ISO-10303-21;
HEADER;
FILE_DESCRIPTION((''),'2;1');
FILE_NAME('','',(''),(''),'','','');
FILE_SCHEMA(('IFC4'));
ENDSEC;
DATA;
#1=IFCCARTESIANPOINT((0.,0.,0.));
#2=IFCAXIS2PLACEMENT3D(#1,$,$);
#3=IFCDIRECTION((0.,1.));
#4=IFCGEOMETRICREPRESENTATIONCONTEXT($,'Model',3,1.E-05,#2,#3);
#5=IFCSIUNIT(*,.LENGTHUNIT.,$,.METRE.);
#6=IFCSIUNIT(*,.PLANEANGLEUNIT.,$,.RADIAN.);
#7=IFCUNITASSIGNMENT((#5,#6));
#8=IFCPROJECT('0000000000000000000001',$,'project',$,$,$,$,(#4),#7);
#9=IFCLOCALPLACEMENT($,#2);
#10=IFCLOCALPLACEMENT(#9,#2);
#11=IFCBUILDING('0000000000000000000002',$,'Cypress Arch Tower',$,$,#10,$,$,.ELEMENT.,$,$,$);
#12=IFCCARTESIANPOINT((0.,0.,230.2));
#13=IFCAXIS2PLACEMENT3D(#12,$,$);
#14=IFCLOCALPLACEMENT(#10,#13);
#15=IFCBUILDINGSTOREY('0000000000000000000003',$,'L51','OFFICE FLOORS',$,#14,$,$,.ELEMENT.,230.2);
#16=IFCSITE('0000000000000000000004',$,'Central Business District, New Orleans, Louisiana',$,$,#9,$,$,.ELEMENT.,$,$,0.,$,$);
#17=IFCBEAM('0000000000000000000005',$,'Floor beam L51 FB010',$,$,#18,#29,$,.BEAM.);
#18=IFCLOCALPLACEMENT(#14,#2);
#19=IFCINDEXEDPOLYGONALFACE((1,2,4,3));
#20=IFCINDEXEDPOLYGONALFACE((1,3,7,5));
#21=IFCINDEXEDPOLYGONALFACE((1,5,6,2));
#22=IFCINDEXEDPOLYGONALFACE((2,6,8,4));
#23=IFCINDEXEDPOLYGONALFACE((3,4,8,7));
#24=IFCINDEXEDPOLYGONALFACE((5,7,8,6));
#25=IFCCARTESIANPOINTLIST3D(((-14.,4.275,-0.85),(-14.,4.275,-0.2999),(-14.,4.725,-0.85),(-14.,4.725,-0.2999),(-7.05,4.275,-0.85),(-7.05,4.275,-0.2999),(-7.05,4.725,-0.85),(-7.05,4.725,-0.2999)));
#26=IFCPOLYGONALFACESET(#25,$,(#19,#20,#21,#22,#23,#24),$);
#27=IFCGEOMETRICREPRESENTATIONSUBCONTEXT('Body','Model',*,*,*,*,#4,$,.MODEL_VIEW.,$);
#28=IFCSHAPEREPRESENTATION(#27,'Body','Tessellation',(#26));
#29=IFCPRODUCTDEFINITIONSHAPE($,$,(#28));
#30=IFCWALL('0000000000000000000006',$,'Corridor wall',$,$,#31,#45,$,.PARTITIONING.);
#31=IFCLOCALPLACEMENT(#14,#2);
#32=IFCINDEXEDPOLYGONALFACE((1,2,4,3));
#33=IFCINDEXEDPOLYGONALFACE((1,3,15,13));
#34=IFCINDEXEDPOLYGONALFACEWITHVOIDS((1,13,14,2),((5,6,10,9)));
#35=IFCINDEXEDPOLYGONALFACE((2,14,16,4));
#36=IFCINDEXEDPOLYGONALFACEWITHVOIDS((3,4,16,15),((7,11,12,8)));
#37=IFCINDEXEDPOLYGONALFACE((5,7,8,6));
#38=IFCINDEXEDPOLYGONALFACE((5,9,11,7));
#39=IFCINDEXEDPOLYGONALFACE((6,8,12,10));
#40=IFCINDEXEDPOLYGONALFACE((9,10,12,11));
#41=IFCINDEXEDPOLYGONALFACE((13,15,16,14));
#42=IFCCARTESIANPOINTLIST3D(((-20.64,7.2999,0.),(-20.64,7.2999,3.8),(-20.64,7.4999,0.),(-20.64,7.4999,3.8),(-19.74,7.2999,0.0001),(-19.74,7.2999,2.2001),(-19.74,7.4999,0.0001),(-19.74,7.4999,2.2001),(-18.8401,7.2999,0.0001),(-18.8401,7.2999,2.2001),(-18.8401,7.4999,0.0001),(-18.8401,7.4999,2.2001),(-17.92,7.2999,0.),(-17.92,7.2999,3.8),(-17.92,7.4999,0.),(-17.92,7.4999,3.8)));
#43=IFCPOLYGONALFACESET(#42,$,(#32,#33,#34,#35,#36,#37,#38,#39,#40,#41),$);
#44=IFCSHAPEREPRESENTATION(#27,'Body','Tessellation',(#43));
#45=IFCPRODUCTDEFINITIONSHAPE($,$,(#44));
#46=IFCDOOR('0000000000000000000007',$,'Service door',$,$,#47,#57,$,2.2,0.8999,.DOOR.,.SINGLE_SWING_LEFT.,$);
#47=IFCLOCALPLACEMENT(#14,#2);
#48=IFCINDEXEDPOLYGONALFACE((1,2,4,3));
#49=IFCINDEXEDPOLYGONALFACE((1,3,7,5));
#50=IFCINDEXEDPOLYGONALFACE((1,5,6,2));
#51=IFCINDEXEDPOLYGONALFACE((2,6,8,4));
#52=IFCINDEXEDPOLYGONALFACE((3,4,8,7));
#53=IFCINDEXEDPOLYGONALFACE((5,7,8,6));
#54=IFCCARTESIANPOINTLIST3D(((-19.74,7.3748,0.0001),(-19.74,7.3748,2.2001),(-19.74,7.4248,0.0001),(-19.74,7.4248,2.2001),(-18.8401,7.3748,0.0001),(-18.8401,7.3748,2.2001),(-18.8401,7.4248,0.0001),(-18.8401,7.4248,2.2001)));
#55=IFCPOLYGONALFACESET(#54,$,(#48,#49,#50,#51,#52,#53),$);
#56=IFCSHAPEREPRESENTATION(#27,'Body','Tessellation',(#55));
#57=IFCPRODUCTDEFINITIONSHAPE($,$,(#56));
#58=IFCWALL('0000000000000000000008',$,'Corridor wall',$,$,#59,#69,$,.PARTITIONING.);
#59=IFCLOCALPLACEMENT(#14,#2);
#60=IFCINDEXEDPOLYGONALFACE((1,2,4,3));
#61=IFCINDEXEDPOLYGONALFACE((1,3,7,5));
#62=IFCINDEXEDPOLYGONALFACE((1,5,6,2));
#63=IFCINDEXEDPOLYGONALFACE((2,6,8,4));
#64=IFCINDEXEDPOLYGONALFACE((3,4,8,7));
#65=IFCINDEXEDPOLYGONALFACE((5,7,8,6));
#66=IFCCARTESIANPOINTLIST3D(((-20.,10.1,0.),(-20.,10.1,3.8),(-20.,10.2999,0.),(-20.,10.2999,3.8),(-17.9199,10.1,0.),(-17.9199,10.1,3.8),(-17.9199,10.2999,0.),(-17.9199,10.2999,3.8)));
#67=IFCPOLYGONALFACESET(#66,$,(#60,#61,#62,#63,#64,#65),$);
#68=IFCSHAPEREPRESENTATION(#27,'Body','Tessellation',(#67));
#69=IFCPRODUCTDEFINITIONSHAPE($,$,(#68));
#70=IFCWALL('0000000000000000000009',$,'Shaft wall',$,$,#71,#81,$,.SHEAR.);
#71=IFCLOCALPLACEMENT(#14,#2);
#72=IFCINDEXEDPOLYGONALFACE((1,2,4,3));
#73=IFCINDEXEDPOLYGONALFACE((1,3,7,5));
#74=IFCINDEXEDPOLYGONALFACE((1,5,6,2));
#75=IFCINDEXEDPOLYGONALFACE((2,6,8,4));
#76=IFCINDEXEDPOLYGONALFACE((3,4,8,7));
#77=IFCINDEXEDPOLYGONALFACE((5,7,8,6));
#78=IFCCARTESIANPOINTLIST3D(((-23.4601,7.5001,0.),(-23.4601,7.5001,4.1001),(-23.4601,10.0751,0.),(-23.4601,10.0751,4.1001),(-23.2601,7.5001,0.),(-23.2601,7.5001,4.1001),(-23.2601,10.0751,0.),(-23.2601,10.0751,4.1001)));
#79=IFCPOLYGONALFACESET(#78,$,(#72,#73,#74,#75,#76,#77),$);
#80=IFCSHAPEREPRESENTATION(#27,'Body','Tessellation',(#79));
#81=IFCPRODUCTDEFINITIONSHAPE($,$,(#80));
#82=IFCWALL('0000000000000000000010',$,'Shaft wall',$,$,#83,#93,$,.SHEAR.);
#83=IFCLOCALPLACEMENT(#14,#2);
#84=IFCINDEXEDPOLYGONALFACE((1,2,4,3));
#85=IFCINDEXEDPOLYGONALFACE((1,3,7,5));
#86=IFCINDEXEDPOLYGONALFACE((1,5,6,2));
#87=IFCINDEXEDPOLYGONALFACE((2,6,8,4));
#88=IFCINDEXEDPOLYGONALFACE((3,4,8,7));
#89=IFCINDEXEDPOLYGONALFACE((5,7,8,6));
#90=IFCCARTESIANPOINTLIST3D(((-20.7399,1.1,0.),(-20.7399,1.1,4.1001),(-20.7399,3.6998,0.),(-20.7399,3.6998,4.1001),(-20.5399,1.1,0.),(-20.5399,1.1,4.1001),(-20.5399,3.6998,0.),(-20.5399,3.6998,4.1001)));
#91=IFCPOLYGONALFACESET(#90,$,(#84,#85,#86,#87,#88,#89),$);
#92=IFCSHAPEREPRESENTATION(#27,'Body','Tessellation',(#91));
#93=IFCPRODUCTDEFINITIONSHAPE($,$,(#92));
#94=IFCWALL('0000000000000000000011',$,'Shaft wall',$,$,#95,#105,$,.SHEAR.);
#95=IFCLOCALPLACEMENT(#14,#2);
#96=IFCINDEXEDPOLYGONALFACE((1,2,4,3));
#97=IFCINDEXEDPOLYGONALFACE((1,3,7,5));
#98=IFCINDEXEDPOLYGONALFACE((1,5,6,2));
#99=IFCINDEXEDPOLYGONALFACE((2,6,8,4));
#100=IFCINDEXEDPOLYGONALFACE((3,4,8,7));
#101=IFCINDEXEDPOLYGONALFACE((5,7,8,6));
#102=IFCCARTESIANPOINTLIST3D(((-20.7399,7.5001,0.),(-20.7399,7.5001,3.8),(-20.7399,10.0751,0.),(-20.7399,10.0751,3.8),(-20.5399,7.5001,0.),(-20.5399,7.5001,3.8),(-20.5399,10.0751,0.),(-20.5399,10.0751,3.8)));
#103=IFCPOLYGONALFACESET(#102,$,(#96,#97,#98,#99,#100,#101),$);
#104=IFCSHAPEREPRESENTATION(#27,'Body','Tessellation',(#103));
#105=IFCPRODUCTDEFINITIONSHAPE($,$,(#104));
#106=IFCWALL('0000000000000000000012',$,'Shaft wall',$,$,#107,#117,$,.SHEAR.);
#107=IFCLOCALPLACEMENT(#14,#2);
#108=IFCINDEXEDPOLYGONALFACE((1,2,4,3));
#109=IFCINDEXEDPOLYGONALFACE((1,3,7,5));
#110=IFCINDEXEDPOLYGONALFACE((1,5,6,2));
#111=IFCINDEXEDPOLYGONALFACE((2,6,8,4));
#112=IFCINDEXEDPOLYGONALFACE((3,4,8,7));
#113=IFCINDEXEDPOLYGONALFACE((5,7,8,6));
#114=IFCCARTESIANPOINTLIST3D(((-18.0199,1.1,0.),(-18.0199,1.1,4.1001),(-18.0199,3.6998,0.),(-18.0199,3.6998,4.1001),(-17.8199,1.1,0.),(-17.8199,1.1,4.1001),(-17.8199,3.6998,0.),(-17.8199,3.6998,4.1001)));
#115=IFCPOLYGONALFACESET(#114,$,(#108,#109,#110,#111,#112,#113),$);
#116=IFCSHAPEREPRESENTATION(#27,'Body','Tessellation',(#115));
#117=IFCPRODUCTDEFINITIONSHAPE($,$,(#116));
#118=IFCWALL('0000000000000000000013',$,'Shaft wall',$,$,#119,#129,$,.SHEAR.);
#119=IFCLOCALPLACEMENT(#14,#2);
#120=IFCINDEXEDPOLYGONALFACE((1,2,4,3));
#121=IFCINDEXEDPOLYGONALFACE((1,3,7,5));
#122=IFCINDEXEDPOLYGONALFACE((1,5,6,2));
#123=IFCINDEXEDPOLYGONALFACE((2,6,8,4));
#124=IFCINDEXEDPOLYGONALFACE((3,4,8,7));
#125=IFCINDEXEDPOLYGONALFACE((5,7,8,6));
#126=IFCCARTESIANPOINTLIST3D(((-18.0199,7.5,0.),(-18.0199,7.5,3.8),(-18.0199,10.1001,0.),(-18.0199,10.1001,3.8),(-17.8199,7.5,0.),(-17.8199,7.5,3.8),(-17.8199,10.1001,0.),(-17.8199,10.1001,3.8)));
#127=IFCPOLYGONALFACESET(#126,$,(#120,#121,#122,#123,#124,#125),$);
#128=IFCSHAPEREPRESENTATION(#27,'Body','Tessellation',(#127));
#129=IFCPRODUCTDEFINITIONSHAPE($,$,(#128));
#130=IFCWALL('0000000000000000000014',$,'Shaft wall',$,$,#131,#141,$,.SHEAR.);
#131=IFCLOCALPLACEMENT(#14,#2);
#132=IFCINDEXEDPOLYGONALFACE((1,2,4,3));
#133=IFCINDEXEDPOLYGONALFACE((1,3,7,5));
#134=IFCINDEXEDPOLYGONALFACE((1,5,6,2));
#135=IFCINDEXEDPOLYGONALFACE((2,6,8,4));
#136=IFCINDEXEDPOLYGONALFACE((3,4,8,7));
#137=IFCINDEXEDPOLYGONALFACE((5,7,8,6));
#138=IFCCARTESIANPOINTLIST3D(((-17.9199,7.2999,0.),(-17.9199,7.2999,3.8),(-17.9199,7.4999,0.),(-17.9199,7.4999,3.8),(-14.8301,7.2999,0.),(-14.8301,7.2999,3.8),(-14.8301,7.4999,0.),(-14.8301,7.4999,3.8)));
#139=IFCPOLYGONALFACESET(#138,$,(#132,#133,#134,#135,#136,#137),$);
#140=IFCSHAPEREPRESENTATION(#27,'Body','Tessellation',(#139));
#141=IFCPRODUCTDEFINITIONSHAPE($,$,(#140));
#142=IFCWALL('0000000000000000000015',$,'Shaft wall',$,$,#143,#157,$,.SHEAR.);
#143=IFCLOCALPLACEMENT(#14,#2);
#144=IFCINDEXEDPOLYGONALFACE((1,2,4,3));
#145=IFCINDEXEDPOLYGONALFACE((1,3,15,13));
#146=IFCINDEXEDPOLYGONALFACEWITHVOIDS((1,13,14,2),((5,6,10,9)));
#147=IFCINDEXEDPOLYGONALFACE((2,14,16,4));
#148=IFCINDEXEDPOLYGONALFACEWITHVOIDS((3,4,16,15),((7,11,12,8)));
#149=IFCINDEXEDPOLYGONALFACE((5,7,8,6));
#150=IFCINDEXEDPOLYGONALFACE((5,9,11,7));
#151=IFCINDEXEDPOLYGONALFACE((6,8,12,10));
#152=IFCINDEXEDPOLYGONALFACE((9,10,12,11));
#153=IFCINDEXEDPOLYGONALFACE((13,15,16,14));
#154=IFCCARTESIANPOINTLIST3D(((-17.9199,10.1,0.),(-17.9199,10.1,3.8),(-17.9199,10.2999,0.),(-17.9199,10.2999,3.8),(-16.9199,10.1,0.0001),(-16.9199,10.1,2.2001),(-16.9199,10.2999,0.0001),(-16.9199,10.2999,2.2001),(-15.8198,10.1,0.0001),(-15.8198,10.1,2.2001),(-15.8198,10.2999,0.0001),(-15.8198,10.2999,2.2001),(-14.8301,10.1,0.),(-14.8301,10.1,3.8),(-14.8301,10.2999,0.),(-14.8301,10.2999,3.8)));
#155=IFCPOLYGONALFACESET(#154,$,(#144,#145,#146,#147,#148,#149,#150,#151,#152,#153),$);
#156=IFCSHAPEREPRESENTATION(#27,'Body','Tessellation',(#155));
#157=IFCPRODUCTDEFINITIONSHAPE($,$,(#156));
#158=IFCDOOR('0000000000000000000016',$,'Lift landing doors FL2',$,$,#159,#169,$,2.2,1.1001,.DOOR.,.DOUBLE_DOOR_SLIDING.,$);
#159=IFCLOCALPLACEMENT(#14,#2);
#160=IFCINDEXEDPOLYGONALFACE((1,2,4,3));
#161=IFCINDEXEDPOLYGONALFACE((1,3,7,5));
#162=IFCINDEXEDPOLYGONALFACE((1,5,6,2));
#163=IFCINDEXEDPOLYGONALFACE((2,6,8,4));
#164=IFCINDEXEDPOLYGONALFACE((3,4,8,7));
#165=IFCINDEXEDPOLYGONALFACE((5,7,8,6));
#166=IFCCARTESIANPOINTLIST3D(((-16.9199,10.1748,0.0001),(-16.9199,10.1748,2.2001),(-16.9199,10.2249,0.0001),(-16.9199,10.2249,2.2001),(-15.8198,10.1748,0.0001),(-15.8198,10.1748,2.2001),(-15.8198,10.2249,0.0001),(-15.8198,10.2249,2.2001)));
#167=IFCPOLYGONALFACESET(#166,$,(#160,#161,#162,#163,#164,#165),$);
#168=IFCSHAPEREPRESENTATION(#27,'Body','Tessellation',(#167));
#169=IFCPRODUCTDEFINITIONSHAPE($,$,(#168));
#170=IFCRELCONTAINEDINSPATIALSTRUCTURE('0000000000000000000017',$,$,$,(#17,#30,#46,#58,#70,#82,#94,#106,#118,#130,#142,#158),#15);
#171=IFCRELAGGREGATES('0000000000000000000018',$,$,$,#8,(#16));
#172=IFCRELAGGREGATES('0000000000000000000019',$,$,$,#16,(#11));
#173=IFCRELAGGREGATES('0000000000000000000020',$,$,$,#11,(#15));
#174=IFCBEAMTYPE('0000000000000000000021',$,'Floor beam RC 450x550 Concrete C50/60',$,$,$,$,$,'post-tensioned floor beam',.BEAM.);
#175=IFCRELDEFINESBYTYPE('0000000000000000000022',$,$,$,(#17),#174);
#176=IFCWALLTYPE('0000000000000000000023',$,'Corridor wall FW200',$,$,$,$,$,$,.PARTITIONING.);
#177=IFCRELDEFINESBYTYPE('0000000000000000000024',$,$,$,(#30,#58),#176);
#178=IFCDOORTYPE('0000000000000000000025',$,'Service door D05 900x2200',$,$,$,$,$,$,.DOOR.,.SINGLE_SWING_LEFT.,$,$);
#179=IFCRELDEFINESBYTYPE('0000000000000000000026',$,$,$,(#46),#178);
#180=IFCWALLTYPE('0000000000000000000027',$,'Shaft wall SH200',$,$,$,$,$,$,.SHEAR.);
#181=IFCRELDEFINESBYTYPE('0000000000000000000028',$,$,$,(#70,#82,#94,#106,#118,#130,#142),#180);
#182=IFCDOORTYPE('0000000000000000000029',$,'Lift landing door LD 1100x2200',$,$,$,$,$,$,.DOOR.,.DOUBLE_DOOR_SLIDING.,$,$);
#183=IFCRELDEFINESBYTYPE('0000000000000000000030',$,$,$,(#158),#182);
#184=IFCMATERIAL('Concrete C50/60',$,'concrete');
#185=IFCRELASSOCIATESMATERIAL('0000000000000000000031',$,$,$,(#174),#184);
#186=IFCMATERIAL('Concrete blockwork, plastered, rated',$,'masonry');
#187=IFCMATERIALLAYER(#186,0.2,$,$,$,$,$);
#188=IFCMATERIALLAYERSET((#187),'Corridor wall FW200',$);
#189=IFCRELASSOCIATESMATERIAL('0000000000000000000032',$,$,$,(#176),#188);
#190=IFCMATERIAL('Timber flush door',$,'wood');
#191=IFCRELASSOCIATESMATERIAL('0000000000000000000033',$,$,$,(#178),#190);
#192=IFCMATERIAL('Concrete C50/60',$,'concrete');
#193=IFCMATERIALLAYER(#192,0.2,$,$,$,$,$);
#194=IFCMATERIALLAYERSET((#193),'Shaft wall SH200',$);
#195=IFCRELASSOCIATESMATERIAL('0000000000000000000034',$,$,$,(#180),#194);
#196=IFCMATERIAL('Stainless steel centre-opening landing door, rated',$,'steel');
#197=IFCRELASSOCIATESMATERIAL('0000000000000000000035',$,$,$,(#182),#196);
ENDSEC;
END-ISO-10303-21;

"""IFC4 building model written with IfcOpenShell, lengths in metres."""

from ifc_helpers import new_model, si_unit, direction, frame, frame_2d, origin, origin_2d, place, context, subcontext, project, spatial, rectangle, extrude, material, layer, layer_set, material_profile, profile_set, type_object, element, fill, save


model = new_model("IFC4")

# Units and contexts
model_context = context("Model", 3, precision=1e-05, world=origin(), true_north=direction((0.0, 1.0)))
body_context = subcontext(model_context, "Body", "Model", "MODEL_VIEW")
ifc_project = project(units=[si_unit("LENGTHUNIT", "METRE"), si_unit("PLANEANGLEUNIT", "RADIAN")], contexts=[model_context])

# Site, building, storey
site_placement = place(None, origin())
site = spatial("IfcSite", under=ifc_project, at=site_placement, Name="Central Business District, New Orleans, Louisiana", CompositionType="ELEMENT", RefElevation=0.0)
building_placement = place(site_placement, origin())
building = spatial("IfcBuilding", under=site, at=building_placement, Name="Cypress Arch Tower", CompositionType="ELEMENT")
storey_placement = place(building_placement, frame((0.0, 0.0, 230.2)))
storey = spatial("IfcBuildingStorey", under=building, at=storey_placement, Name="L51", Description="OFFICE FLOORS", CompositionType="ELEMENT", Elevation=230.2)

# Beam
ifc_material_1 = material(Name="Concrete C50/60", Category="concrete")
ifc_material_profile = material_profile(ifc_material_1, rectangle(XDim=0.45, YDim=0.55, at=origin_2d()), Name="RC 450x550")
ifc_profile_set = profile_set([ifc_material_profile], Name="Concrete C50/60")
beam_type = type_object("IfcBeamType", Name="Floor beam RC 450x550 Concrete C50/60", ElementType="post-tensioned floor beam", PredefinedType="BEAM", material=ifc_profile_set)
beam_placement = place(storey_placement, frame((-14.0, 4.5, -0.575), z_axis=(1.0, 0.0, 0.0), x_axis=(0.0, 1.0, 0.0)))
element("IfcBeam", 1, at=beam_placement, inside=storey, type_object=beam_type, Name="Floor beam L51 FB010", PredefinedType="BEAM", context=body_context, shape_type="SweptSolid", body=[
    extrude(rectangle(XDim=0.45, YDim=0.55, at=origin_2d()), origin(), (0.0, 0.0, 1.0), 6.95),
])

# Wall, opening, door
ifc_material_2 = material(Name="Concrete blockwork, plastered, rated", Category="masonry")
ifc_layer_1 = layer(ifc_material_2, 0.2)
ifc_layer_set_1 = layer_set([ifc_layer_1], Name="Corridor wall FW200")
wall_type_1 = type_object("IfcWallType", Name="Corridor wall FW200", PredefinedType="PARTITIONING", material=ifc_layer_set_1)
wall_1_placement = place(storey_placement, frame((-20.6399, 7.3999, 0.0), z_axis=(0.0, 0.0, 1.0), x_axis=(1.0, 0.0, 0.0)))
wall_1 = element("IfcWall", 2, at=wall_1_placement, inside=storey, type_object=wall_type_1, Name="Corridor wall", PredefinedType="PARTITIONING", context=body_context, shape_type="SweptSolid", body=[
    extrude(rectangle(XDim=2.72, YDim=0.2, at=frame_2d((1.3599, 0.0))), origin(), (0.0, 0.0, 1.0), 3.8),
])
opening_1_placement = place(wall_1_placement, frame((0.8999, 0.0, 0.0)))
opening_1 = element("IfcOpeningElement", 3, at=opening_1_placement, cuts=wall_1, PredefinedType="OPENING", context=body_context, shape_type="SweptSolid", body=[
    extrude(rectangle(XDim=0.8999, YDim=2.2, at=frame_2d((0.45, 1.1001))), frame((0.0, 0.1099, 0.0), z_axis=(0.0, -1.0, 0.0), x_axis=(1.0, 0.0, 0.0)), (0.0, 0.0, 1.0), 0.22),
])
ifc_material_3 = material(Name="Timber flush door", Category="wood")
door_type_1 = type_object("IfcDoorType", Name="Service door D05 900x2200", OperationType="SINGLE_SWING_LEFT", PredefinedType="DOOR", material=ifc_material_3)
door_1_placement = place(opening_1_placement, origin())
door_1 = element("IfcDoor", 4, at=door_1_placement, inside=storey, type_object=door_type_1, Name="Service door", OperationType="SINGLE_SWING_LEFT", OverallHeight=2.2, OverallWidth=0.8999, PredefinedType="DOOR", context=body_context, shape_type="SweptSolid", body=[
    extrude(rectangle(XDim=0.8999, YDim=2.2, at=frame_2d((0.45, 1.1001))), frame((0.0, 0.0249, 0.0), z_axis=(0.0, -1.0, 0.0), x_axis=(1.0, 0.0, 0.0)), (0.0, 0.0, 1.0), 0.05),
])
fill(opening_1, door_1)

# Walls
wall_2_placement = place(storey_placement, frame((-20.0, 10.2, 0.0), z_axis=(0.0, 0.0, 1.0), x_axis=(1.0, 0.0, 0.0)))
element("IfcWall", 5, at=wall_2_placement, inside=storey, type_object=wall_type_1, Name="Corridor wall", PredefinedType="PARTITIONING", context=body_context, shape_type="SweptSolid", body=[
    extrude(rectangle(XDim=2.0801, YDim=0.2, at=frame_2d((1.04, 0.0))), origin(), (0.0, 0.0, 1.0), 3.8),
])
ifc_material_4 = material(Name="Concrete C50/60", Category="concrete")
ifc_layer_2 = layer(ifc_material_4, 0.2)
ifc_layer_set_2 = layer_set([ifc_layer_2], Name="Shaft wall SH200")
wall_type_2 = type_object("IfcWallType", Name="Shaft wall SH200", PredefinedType="SHEAR", material=ifc_layer_set_2)
wall_3_placement = place(storey_placement, frame((-23.3601, 7.5, 0.0), z_axis=(0.0, 0.0, 1.0), x_axis=(0.0, 1.0, 0.0)))
element("IfcWall", 6, at=wall_3_placement, inside=storey, type_object=wall_type_2, Name="Shaft wall", PredefinedType="SHEAR", context=body_context, shape_type="SweptSolid", body=[
    extrude(rectangle(XDim=2.575, YDim=0.2, at=frame_2d((1.2876, 0.0))), origin(), (0.0, 0.0, 1.0), 4.1001),
])
wall_4_placement = place(storey_placement, frame((-20.6399, 1.1001, 0.0), z_axis=(0.0, 0.0, 1.0), x_axis=(0.0, 1.0, 0.0)))
element("IfcWall", 7, at=wall_4_placement, inside=storey, type_object=wall_type_2, Name="Shaft wall", PredefinedType="SHEAR", context=body_context, shape_type="SweptSolid", body=[
    extrude(rectangle(XDim=2.5999, YDim=0.2, at=frame_2d((1.2998, 0.0))), origin(), (0.0, 0.0, 1.0), 4.1001),
])
wall_5_placement = place(storey_placement, frame((-20.6399, 7.5, 0.0), z_axis=(0.0, 0.0, 1.0), x_axis=(0.0, 1.0, 0.0)))
element("IfcWall", 8, at=wall_5_placement, inside=storey, type_object=wall_type_2, Name="Shaft wall", PredefinedType="SHEAR", context=body_context, shape_type="SweptSolid", body=[
    extrude(rectangle(XDim=2.575, YDim=0.2, at=frame_2d((1.2876, 0.0))), origin(), (0.0, 0.0, 1.0), 3.8),
])
wall_6_placement = place(storey_placement, frame((-17.9199, 1.1001, 0.0), z_axis=(0.0, 0.0, 1.0), x_axis=(0.0, 1.0, 0.0)))
element("IfcWall", 9, at=wall_6_placement, inside=storey, type_object=wall_type_2, Name="Shaft wall", PredefinedType="SHEAR", context=body_context, shape_type="SweptSolid", body=[
    extrude(rectangle(XDim=2.5999, YDim=0.2, at=frame_2d((1.2998, 0.0))), origin(), (0.0, 0.0, 1.0), 4.1001),
])
wall_7_placement = place(storey_placement, frame((-17.9199, 7.5, 0.0), z_axis=(0.0, 0.0, 1.0), x_axis=(0.0, 1.0, 0.0)))
element("IfcWall", 10, at=wall_7_placement, inside=storey, type_object=wall_type_2, Name="Shaft wall", PredefinedType="SHEAR", context=body_context, shape_type="SweptSolid", body=[
    extrude(rectangle(XDim=2.6001, YDim=0.2, at=frame_2d((1.3, 0.0))), origin(), (0.0, 0.0, 1.0), 3.8),
])
wall_8_placement = place(storey_placement, frame((-17.9199, 7.3999, 0.0), z_axis=(0.0, 0.0, 1.0), x_axis=(1.0, 0.0, 0.0)))
element("IfcWall", 11, at=wall_8_placement, inside=storey, type_object=wall_type_2, Name="Shaft wall", PredefinedType="SHEAR", context=body_context, shape_type="SweptSolid", body=[
    extrude(rectangle(XDim=3.0898, YDim=0.2, at=frame_2d((1.5449, 0.0))), origin(), (0.0, 0.0, 1.0), 3.8),
])

# Wall, opening, door
wall_9_placement = place(storey_placement, frame((-17.9199, 10.2, 0.0), z_axis=(0.0, 0.0, 1.0), x_axis=(1.0, 0.0, 0.0)))
wall_9 = element("IfcWall", 12, at=wall_9_placement, inside=storey, type_object=wall_type_2, Name="Shaft wall", PredefinedType="SHEAR", context=body_context, shape_type="SweptSolid", body=[
    extrude(rectangle(XDim=3.0898, YDim=0.2, at=frame_2d((1.5449, 0.0))), origin(), (0.0, 0.0, 1.0), 3.8),
])
opening_2_placement = place(wall_9_placement, frame((1.0, 0.0, 0.0)))
opening_2 = element("IfcOpeningElement", 13, at=opening_2_placement, cuts=wall_9, PredefinedType="OPENING", context=body_context, shape_type="SweptSolid", body=[
    extrude(rectangle(XDim=1.1001, YDim=2.2, at=frame_2d((0.55, 1.1001))), frame((0.0, 0.1099, 0.0), z_axis=(0.0, -1.0, 0.0), x_axis=(1.0, 0.0, 0.0)), (0.0, 0.0, 1.0), 0.22),
])
ifc_material_5 = material(Name="Stainless steel centre-opening landing door, rated", Category="steel")
door_type_2 = type_object("IfcDoorType", Name="Lift landing door LD 1100x2200", OperationType="DOUBLE_DOOR_SLIDING", PredefinedType="DOOR", material=ifc_material_5)
door_2_placement = place(opening_2_placement, origin())
door_2 = element("IfcDoor", 14, at=door_2_placement, inside=storey, type_object=door_type_2, Name="Lift landing doors FL2", OperationType="DOUBLE_DOOR_SLIDING", OverallHeight=2.2, OverallWidth=1.1001, PredefinedType="DOOR", context=body_context, shape_type="SweptSolid", body=[
    extrude(rectangle(XDim=1.1001, YDim=2.2, at=frame_2d((0.55, 1.1001))), frame((0.0, 0.0249, 0.0), z_axis=(0.0, -1.0, 0.0), x_axis=(1.0, 0.0, 0.0)), (0.0, 0.0, 1.0), 0.05),
])
fill(opening_2, door_2)

save(model, "model.ifc")
